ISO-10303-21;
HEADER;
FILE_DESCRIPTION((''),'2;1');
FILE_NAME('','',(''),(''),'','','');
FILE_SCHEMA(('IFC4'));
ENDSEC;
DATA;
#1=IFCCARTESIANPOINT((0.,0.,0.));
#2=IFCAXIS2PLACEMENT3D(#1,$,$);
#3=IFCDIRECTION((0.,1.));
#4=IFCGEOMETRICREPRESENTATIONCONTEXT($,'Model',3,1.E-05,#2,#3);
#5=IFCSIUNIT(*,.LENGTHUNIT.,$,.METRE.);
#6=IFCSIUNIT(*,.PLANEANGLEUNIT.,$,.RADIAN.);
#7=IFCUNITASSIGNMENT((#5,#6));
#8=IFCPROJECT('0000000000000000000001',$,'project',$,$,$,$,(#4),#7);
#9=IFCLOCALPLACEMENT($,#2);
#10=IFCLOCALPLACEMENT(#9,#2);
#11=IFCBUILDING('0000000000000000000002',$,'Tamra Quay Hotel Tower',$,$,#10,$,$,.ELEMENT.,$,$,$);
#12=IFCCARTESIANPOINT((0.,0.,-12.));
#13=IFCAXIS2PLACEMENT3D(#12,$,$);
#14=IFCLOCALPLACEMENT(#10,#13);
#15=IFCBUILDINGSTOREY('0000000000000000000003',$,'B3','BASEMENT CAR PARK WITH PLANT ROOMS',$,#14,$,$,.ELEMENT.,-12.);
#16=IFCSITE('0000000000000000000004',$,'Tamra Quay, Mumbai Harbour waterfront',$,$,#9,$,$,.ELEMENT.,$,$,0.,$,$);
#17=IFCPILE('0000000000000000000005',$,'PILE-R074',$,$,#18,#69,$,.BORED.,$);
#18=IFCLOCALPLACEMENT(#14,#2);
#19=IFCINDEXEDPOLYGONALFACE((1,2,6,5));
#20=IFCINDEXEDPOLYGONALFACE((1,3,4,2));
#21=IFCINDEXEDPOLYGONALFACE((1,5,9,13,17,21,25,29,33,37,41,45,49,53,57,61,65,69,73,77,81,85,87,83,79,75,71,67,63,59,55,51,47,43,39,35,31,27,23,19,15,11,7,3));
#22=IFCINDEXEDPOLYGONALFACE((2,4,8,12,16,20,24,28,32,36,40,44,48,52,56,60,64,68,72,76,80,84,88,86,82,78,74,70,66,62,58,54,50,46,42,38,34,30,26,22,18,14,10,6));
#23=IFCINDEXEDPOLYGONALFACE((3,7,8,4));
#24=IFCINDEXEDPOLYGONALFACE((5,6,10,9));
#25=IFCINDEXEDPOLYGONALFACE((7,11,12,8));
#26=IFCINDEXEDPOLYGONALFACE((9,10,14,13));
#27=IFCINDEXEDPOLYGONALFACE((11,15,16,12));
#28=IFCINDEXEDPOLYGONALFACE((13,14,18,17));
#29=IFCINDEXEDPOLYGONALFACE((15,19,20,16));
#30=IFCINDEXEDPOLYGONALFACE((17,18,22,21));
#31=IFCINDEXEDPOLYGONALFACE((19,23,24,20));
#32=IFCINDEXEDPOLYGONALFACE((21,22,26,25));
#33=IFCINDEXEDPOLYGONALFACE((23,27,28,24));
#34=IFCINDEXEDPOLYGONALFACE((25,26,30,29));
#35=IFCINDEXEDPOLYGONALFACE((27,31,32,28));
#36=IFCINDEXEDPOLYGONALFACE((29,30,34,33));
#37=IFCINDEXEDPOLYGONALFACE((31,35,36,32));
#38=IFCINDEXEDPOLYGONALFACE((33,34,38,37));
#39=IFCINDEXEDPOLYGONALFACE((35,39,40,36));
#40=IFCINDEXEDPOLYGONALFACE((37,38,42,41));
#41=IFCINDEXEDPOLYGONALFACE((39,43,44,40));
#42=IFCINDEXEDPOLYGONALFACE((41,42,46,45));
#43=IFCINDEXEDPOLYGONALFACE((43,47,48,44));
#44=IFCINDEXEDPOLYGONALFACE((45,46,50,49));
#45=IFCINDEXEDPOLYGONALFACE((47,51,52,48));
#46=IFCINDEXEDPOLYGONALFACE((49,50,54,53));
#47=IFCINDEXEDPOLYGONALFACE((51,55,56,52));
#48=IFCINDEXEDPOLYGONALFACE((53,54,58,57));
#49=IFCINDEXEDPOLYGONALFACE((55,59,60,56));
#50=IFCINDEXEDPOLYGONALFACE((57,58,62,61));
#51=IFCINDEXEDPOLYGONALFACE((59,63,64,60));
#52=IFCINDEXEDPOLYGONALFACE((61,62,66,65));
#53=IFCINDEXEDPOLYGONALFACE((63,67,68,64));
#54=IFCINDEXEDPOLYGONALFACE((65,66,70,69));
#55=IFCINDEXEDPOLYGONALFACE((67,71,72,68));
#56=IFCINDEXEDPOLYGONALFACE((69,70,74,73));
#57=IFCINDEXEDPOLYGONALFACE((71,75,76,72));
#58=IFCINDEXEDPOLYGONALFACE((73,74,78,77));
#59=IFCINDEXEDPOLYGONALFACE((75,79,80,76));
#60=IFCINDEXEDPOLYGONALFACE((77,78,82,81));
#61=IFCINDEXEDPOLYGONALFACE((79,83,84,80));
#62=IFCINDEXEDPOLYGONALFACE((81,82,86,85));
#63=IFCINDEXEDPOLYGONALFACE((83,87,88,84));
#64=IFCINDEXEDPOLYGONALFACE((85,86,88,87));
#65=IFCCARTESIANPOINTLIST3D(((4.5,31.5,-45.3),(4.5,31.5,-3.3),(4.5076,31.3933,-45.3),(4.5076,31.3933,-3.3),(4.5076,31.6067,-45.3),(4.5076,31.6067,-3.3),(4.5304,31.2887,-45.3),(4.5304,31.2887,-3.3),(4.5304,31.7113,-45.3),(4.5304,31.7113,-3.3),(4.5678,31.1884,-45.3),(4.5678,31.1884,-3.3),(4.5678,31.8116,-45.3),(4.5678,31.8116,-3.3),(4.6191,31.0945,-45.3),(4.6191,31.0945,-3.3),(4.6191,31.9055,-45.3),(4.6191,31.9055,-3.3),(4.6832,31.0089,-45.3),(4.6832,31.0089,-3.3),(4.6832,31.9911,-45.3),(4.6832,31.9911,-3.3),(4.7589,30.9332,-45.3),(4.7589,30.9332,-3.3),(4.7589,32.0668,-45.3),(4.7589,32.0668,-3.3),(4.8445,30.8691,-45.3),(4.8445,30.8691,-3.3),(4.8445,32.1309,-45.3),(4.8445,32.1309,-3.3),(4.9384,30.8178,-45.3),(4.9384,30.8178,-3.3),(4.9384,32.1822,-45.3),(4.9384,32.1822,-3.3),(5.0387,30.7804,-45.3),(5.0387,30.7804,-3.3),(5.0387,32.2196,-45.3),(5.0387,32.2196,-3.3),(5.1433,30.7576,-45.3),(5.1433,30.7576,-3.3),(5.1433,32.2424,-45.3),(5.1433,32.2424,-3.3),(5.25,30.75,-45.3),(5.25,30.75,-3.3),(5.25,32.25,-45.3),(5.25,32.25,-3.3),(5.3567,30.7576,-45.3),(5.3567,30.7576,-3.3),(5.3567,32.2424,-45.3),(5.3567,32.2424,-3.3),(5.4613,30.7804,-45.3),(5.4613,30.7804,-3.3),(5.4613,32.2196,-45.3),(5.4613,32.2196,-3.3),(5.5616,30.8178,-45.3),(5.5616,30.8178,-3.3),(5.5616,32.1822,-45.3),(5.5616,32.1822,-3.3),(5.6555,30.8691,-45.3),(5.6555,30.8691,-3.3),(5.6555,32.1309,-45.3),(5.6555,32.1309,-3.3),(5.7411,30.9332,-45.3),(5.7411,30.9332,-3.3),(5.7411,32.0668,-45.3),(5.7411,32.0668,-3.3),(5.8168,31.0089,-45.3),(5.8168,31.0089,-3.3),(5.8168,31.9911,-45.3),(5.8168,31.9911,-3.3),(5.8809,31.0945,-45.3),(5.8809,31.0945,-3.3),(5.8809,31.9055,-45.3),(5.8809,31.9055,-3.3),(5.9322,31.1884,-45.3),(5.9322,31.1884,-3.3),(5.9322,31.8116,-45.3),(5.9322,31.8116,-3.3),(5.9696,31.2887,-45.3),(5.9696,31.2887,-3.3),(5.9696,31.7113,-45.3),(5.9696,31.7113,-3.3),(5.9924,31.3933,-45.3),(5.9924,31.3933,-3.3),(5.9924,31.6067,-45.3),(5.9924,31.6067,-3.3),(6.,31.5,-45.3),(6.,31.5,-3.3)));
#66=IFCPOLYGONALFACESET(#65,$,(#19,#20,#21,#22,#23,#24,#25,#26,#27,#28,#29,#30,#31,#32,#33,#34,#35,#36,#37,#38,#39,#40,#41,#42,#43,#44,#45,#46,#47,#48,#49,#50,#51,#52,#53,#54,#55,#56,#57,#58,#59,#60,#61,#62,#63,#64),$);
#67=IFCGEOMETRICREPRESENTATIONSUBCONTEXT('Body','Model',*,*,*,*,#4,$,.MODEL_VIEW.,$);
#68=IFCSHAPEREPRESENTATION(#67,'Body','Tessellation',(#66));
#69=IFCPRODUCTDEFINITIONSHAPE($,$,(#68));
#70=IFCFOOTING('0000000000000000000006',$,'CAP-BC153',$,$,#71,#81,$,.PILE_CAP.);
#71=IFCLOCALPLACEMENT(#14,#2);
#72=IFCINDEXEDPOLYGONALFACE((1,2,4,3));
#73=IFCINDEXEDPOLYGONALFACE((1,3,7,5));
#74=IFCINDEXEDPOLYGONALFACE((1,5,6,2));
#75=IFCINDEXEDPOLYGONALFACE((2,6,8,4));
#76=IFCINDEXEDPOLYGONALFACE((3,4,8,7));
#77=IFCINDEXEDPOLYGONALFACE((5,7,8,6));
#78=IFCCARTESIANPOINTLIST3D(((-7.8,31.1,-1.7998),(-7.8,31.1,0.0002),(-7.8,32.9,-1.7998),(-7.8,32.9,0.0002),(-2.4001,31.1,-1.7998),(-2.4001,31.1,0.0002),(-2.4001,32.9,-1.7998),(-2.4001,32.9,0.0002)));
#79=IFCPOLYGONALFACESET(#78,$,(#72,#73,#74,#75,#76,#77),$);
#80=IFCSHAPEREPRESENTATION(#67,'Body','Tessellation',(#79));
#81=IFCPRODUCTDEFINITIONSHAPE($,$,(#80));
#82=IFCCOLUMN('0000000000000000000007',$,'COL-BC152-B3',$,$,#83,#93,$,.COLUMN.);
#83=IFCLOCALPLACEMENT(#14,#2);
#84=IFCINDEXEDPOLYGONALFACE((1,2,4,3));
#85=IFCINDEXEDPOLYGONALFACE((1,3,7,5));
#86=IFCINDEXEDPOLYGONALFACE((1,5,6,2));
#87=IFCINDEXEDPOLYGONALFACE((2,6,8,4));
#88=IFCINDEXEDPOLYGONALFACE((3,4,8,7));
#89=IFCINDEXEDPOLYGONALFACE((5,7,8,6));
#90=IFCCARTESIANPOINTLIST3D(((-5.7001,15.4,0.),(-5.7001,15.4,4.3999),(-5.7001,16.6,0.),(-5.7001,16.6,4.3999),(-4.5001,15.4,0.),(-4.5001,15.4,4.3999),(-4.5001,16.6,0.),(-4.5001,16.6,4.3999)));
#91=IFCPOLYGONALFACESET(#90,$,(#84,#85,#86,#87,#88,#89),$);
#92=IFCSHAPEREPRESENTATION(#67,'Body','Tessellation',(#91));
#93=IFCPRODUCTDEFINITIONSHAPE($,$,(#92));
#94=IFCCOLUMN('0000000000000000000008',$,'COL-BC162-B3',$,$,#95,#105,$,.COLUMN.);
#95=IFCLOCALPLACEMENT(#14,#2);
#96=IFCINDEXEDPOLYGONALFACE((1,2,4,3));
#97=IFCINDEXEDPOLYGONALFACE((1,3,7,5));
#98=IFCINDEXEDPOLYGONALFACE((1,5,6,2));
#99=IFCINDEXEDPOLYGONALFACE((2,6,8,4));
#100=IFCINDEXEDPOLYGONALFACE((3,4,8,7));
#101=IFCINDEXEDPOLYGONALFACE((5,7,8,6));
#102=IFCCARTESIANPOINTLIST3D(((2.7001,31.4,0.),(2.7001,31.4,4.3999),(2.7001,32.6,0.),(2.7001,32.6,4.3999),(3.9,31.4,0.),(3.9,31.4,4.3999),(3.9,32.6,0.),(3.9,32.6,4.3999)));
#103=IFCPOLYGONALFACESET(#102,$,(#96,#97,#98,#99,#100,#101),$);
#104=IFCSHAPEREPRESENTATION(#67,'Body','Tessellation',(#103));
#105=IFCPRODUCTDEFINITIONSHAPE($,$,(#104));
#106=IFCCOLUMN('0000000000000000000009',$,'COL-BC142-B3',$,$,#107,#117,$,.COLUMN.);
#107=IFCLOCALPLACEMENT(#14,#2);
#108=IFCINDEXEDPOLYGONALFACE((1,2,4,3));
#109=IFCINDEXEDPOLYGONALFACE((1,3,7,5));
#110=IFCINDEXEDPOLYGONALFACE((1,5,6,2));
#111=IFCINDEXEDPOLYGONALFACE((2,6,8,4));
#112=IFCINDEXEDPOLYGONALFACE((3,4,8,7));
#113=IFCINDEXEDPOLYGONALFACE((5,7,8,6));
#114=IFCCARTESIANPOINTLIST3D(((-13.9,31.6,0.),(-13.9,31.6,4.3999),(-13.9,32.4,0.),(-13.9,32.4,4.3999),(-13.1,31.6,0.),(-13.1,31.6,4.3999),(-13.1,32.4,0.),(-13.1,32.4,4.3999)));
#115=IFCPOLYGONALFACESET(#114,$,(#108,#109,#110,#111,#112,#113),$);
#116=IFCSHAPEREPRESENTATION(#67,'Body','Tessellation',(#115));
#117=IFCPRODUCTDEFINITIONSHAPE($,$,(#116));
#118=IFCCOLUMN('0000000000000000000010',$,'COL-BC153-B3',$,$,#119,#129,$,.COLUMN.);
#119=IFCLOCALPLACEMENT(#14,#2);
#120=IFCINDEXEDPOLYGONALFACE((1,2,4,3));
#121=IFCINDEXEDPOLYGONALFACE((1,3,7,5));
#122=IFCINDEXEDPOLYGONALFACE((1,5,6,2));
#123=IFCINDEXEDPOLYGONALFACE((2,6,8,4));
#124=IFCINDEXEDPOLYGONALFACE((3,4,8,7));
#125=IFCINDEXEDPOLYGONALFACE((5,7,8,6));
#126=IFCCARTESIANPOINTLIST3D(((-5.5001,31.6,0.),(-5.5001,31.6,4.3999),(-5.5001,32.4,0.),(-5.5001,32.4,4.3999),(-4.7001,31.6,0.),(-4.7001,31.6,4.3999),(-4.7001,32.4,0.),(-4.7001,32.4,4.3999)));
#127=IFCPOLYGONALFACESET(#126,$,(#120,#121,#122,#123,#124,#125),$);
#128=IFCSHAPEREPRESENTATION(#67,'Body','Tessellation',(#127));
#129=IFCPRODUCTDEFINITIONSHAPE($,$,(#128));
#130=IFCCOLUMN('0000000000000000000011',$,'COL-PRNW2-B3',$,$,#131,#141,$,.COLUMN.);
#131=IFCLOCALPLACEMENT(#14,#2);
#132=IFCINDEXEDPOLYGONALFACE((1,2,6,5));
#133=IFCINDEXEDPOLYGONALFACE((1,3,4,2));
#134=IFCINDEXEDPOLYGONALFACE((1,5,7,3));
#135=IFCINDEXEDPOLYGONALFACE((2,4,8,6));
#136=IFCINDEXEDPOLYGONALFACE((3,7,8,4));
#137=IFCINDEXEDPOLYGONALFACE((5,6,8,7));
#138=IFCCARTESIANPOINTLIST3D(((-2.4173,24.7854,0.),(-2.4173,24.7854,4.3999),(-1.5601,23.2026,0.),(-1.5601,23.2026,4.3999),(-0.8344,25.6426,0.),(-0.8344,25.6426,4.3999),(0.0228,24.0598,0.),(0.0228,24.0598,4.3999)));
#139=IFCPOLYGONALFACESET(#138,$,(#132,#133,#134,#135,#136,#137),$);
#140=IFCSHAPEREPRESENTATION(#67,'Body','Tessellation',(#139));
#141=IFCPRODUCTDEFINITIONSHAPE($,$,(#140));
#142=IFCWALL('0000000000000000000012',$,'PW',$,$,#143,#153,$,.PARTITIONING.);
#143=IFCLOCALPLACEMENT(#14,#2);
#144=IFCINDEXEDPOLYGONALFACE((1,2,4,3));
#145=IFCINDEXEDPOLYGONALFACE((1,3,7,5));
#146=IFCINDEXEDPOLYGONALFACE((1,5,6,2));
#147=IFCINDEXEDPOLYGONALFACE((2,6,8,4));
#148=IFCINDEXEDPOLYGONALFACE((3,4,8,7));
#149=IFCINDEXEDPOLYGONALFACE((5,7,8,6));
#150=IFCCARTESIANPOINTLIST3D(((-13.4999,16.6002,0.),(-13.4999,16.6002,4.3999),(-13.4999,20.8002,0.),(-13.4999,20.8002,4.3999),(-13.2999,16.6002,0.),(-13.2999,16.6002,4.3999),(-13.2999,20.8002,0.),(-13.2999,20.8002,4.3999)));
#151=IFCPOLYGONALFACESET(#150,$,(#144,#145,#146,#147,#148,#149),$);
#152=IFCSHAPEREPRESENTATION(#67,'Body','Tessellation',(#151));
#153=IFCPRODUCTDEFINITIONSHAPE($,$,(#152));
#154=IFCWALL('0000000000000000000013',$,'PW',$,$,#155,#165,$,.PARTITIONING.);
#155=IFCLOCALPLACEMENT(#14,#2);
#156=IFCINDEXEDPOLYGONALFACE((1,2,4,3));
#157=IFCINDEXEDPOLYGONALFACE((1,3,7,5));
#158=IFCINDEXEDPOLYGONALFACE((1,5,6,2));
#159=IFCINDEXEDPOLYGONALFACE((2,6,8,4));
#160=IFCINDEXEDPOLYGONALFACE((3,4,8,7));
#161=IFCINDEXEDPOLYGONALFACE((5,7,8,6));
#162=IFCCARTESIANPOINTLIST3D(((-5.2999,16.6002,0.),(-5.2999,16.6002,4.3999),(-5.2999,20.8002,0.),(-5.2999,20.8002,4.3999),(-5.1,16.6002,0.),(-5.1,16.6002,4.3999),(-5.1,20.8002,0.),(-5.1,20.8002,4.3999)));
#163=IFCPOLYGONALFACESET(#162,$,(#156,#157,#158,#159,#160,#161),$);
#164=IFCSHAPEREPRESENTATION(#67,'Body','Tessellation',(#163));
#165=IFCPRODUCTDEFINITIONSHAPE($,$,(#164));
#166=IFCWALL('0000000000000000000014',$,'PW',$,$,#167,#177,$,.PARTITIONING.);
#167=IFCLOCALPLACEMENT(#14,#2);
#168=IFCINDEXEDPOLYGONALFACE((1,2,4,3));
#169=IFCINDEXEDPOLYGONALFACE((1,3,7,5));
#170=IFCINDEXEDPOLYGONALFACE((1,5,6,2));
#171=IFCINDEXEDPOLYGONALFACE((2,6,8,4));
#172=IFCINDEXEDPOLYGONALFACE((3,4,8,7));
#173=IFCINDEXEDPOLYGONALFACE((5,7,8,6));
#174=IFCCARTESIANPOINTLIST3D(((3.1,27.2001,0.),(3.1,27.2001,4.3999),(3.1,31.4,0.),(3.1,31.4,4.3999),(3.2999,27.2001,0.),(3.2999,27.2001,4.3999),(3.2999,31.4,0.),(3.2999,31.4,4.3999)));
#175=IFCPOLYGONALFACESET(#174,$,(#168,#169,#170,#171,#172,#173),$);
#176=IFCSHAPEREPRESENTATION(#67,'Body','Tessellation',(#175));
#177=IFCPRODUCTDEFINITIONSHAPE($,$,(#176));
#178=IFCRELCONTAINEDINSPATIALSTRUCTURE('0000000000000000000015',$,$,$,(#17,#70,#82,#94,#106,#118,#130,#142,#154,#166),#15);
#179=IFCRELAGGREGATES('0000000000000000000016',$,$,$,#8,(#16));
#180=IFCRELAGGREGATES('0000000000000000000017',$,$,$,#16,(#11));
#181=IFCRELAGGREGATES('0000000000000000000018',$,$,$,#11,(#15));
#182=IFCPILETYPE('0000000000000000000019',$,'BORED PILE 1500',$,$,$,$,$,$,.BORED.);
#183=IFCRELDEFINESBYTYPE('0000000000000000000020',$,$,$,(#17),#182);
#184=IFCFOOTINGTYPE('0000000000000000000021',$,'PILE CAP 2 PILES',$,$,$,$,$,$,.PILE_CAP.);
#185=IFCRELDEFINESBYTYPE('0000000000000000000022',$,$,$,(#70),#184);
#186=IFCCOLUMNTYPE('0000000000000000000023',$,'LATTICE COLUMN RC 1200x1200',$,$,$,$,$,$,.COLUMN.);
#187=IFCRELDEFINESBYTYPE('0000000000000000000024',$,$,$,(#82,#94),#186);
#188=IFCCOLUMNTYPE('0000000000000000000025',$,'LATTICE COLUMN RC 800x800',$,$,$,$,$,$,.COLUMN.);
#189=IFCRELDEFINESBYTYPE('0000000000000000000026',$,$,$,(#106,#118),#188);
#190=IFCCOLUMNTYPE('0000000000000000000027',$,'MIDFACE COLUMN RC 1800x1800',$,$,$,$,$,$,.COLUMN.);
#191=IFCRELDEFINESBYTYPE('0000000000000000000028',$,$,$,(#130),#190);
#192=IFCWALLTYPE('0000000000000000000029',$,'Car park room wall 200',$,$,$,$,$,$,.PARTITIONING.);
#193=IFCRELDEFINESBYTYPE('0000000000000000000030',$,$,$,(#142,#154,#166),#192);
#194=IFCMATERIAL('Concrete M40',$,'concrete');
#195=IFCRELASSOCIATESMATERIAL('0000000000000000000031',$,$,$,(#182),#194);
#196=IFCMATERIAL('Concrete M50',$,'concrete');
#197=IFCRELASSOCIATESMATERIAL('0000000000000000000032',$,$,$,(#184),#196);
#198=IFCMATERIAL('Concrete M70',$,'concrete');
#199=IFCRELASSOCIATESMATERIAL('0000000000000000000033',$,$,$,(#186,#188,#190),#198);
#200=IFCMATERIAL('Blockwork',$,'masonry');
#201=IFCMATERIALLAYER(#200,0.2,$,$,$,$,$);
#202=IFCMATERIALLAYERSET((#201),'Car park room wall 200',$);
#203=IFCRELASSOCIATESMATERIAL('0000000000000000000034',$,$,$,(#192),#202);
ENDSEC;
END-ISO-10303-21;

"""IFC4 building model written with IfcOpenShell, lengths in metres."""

from ifc_helpers import new_model, si_unit, direction, frame, frame_2d, origin, origin_2d, place, context, subcontext, project, spatial, rectangle, circle, extrude, material, layer, layer_set, material_profile, profile_set, type_object, element, save


model = new_model("IFC4")

# Units and contexts
model_context = context("Model", 3, precision=1e-05, world=origin(), true_north=direction((0.0, 1.0)))
body_context = subcontext(model_context, "Body", "Model", "MODEL_VIEW")
ifc_project = project(units=[si_unit("LENGTHUNIT", "METRE"), si_unit("PLANEANGLEUNIT", "RADIAN")], contexts=[model_context])

# Site, building, storey
site_placement = place(None, origin())
site = spatial("IfcSite", under=ifc_project, at=site_placement, Name="Tamra Quay, Mumbai Harbour waterfront", CompositionType="ELEMENT", RefElevation=0.0)
building_placement = place(site_placement, origin())
building = spatial("IfcBuilding", under=site, at=building_placement, Name="Tamra Quay Hotel Tower", CompositionType="ELEMENT")
storey_placement = place(building_placement, frame((0.0, 0.0, -12.0)))
storey = spatial("IfcBuildingStorey", under=building, at=storey_placement, Name="B3", Description="BASEMENT CAR PARK WITH PLANT ROOMS", CompositionType="ELEMENT", Elevation=-12.0)

# Pile
ifc_material_1 = material(Name="Concrete M40", Category="concrete")
ifc_material_profile_1 = material_profile(ifc_material_1, circle(Radius=0.75, at=origin_2d()), Name="BORED PILE 1500")
ifc_profile_set_1 = profile_set([ifc_material_profile_1], Name="Concrete M40")
pile_type_1 = type_object("IfcPileType", Name="BORED PILE 1500", PredefinedType="BORED", material=ifc_profile_set_1)
for number, where, z_axis, x_axis, name in (
    (1, (5.25, 31.5, -3.3), (0.0, 0.0, -1.0), (1.0, 0.0, 0.0), "PILE-R074"),
):
    element("IfcPile", number, at=place(storey_placement, frame(where, z_axis=z_axis, x_axis=x_axis)), inside=storey, type_object=pile_type_1, Name=name, PredefinedType="BORED", context=body_context, shape_type="SweptSolid", body=[
        extrude(circle(Radius=0.75, at=origin_2d()), origin(), (0.0, 0.0, 1.0), 42.0),
    ])

# Footing
ifc_material_2 = material(Name="Concrete M50", Category="concrete")
footing_type = type_object("IfcFootingType", Name="PILE CAP 2 PILES", PredefinedType="PILE_CAP", material=ifc_material_2)
footing_placement = place(storey_placement, frame((-5.1001, 32.0, -1.7998), z_axis=(0.0, 0.0, 1.0), x_axis=(1.0, 0.0, 0.0)))
element("IfcFooting", 2, at=footing_placement, inside=storey, type_object=footing_type, Name="CAP-BC153", PredefinedType="PILE_CAP", context=body_context, shape_type="SweptSolid", body=[
    extrude(rectangle(XDim=5.3999, YDim=1.8, at=origin_2d()), origin(), (0.0, 0.0, 1.0), 1.8),
])

# Columns
ifc_material_3 = material(Name="Concrete M70", Category="concrete")
ifc_material_profile_2 = material_profile(ifc_material_3, rectangle(XDim=1.2, YDim=1.2, at=origin_2d()), Name="LATTICE COLUMN RC 1200x1200")
ifc_profile_set_2 = profile_set([ifc_material_profile_2], Name="Concrete M70")
column_type_1 = type_object("IfcColumnType", Name="LATTICE COLUMN RC 1200x1200", PredefinedType="COLUMN", material=ifc_profile_set_2)
for number, where, z_axis, x_axis, name in (
    (3, (-5.1001, 16.0, 0.0), (0.0, 0.0, 1.0), (1.0, 0.0, 0.0), "COL-BC152-B3"),
    (4, (3.3, 32.0, 0.0), (0.0, 0.0, 1.0), (1.0, 0.0, 0.0), "COL-BC162-B3"),
):
    element("IfcColumn", number, at=place(storey_placement, frame(where, z_axis=z_axis, x_axis=x_axis)), inside=storey, type_object=column_type_1, Name=name, PredefinedType="COLUMN", context=body_context, shape_type="SweptSolid", body=[
        extrude(rectangle(XDim=1.2, YDim=1.2, at=origin_2d()), origin(), (0.0, 0.0, 1.0), 4.3999),
    ])
ifc_material_profile_3 = material_profile(ifc_material_3, rectangle(XDim=0.8, YDim=0.8, at=origin_2d()), Name="LATTICE COLUMN RC 800x800")
ifc_profile_set_3 = profile_set([ifc_material_profile_3], Name="Concrete M70")
column_type_2 = type_object("IfcColumnType", Name="LATTICE COLUMN RC 800x800", PredefinedType="COLUMN", material=ifc_profile_set_3)
for number, where, z_axis, x_axis, name in (
    (5, (-13.5, 32.0, 0.0), (0.0, 0.0, 1.0), (1.0, 0.0, 0.0), "COL-BC142-B3"),
    (6, (-5.1001, 32.0, 0.0), (0.0, 0.0, 1.0), (1.0, 0.0, 0.0), "COL-BC153-B3"),
):
    element("IfcColumn", number, at=place(storey_placement, frame(where, z_axis=z_axis, x_axis=x_axis)), inside=storey, type_object=column_type_2, Name=name, PredefinedType="COLUMN", context=body_context, shape_type="SweptSolid", body=[
        extrude(rectangle(XDim=0.8, YDim=0.8, at=origin_2d()), origin(), (0.0, 0.0, 1.0), 4.3999),
    ])
ifc_material_profile_4 = material_profile(ifc_material_3, rectangle(XDim=1.8, YDim=1.8, at=origin_2d()), Name="MIDFACE COLUMN RC 1800x1800")
ifc_profile_set_4 = profile_set([ifc_material_profile_4], Name="Concrete M70")
column_type_3 = type_object("IfcColumnType", Name="MIDFACE COLUMN RC 1800x1800", PredefinedType="COLUMN", material=ifc_profile_set_4)
column_placement = place(storey_placement, frame((-1.1973, 24.4226, 0.0), z_axis=(0.0, 0.0, 1.0), x_axis=(-0.476198, 0.879338, 0.0)))
element("IfcColumn", 7, at=column_placement, inside=storey, type_object=column_type_3, Name="COL-PRNW2-B3", PredefinedType="COLUMN", context=body_context, shape_type="SweptSolid", body=[
    extrude(rectangle(XDim=1.8, YDim=1.8, at=origin_2d()), origin(), (0.0, 0.0, 1.0), 4.3999),
])

# Walls
ifc_material_4 = material(Name="Blockwork", Category="masonry")
ifc_layer_1 = layer(ifc_material_4, 0.2)
ifc_layer_set_1 = layer_set([ifc_layer_1], Name="Car park room wall 200")
wall_type_1 = type_object("IfcWallType", Name="Car park room wall 200", PredefinedType="PARTITIONING", material=ifc_layer_set_1)
for number, where, z_axis, x_axis, name in (
    (8, (-13.3999, 16.6001, 0.0), (0.0, 0.0, 1.0), (0.0, 1.0, 0.0), "PW"),
    (9, (-5.2, 16.6001, 0.0), (0.0, 0.0, 1.0), (0.0, 1.0, 0.0), "PW"),
    (10, (3.2, 27.2, 0.0), (0.0, 0.0, 1.0), (0.0, 1.0, 0.0), "PW"),
):
    element("IfcWall", number, at=place(storey_placement, frame(where, z_axis=z_axis, x_axis=x_axis)), inside=storey, type_object=wall_type_1, Name=name, PredefinedType="PARTITIONING", context=body_context, shape_type="SweptSolid", body=[
        extrude(rectangle(XDim=4.2, YDim=0.2, at=frame_2d((2.1001, 0.0))), origin(), (0.0, 0.0, 1.0), 4.3999),
    ])

save(model, "model.ifc")
